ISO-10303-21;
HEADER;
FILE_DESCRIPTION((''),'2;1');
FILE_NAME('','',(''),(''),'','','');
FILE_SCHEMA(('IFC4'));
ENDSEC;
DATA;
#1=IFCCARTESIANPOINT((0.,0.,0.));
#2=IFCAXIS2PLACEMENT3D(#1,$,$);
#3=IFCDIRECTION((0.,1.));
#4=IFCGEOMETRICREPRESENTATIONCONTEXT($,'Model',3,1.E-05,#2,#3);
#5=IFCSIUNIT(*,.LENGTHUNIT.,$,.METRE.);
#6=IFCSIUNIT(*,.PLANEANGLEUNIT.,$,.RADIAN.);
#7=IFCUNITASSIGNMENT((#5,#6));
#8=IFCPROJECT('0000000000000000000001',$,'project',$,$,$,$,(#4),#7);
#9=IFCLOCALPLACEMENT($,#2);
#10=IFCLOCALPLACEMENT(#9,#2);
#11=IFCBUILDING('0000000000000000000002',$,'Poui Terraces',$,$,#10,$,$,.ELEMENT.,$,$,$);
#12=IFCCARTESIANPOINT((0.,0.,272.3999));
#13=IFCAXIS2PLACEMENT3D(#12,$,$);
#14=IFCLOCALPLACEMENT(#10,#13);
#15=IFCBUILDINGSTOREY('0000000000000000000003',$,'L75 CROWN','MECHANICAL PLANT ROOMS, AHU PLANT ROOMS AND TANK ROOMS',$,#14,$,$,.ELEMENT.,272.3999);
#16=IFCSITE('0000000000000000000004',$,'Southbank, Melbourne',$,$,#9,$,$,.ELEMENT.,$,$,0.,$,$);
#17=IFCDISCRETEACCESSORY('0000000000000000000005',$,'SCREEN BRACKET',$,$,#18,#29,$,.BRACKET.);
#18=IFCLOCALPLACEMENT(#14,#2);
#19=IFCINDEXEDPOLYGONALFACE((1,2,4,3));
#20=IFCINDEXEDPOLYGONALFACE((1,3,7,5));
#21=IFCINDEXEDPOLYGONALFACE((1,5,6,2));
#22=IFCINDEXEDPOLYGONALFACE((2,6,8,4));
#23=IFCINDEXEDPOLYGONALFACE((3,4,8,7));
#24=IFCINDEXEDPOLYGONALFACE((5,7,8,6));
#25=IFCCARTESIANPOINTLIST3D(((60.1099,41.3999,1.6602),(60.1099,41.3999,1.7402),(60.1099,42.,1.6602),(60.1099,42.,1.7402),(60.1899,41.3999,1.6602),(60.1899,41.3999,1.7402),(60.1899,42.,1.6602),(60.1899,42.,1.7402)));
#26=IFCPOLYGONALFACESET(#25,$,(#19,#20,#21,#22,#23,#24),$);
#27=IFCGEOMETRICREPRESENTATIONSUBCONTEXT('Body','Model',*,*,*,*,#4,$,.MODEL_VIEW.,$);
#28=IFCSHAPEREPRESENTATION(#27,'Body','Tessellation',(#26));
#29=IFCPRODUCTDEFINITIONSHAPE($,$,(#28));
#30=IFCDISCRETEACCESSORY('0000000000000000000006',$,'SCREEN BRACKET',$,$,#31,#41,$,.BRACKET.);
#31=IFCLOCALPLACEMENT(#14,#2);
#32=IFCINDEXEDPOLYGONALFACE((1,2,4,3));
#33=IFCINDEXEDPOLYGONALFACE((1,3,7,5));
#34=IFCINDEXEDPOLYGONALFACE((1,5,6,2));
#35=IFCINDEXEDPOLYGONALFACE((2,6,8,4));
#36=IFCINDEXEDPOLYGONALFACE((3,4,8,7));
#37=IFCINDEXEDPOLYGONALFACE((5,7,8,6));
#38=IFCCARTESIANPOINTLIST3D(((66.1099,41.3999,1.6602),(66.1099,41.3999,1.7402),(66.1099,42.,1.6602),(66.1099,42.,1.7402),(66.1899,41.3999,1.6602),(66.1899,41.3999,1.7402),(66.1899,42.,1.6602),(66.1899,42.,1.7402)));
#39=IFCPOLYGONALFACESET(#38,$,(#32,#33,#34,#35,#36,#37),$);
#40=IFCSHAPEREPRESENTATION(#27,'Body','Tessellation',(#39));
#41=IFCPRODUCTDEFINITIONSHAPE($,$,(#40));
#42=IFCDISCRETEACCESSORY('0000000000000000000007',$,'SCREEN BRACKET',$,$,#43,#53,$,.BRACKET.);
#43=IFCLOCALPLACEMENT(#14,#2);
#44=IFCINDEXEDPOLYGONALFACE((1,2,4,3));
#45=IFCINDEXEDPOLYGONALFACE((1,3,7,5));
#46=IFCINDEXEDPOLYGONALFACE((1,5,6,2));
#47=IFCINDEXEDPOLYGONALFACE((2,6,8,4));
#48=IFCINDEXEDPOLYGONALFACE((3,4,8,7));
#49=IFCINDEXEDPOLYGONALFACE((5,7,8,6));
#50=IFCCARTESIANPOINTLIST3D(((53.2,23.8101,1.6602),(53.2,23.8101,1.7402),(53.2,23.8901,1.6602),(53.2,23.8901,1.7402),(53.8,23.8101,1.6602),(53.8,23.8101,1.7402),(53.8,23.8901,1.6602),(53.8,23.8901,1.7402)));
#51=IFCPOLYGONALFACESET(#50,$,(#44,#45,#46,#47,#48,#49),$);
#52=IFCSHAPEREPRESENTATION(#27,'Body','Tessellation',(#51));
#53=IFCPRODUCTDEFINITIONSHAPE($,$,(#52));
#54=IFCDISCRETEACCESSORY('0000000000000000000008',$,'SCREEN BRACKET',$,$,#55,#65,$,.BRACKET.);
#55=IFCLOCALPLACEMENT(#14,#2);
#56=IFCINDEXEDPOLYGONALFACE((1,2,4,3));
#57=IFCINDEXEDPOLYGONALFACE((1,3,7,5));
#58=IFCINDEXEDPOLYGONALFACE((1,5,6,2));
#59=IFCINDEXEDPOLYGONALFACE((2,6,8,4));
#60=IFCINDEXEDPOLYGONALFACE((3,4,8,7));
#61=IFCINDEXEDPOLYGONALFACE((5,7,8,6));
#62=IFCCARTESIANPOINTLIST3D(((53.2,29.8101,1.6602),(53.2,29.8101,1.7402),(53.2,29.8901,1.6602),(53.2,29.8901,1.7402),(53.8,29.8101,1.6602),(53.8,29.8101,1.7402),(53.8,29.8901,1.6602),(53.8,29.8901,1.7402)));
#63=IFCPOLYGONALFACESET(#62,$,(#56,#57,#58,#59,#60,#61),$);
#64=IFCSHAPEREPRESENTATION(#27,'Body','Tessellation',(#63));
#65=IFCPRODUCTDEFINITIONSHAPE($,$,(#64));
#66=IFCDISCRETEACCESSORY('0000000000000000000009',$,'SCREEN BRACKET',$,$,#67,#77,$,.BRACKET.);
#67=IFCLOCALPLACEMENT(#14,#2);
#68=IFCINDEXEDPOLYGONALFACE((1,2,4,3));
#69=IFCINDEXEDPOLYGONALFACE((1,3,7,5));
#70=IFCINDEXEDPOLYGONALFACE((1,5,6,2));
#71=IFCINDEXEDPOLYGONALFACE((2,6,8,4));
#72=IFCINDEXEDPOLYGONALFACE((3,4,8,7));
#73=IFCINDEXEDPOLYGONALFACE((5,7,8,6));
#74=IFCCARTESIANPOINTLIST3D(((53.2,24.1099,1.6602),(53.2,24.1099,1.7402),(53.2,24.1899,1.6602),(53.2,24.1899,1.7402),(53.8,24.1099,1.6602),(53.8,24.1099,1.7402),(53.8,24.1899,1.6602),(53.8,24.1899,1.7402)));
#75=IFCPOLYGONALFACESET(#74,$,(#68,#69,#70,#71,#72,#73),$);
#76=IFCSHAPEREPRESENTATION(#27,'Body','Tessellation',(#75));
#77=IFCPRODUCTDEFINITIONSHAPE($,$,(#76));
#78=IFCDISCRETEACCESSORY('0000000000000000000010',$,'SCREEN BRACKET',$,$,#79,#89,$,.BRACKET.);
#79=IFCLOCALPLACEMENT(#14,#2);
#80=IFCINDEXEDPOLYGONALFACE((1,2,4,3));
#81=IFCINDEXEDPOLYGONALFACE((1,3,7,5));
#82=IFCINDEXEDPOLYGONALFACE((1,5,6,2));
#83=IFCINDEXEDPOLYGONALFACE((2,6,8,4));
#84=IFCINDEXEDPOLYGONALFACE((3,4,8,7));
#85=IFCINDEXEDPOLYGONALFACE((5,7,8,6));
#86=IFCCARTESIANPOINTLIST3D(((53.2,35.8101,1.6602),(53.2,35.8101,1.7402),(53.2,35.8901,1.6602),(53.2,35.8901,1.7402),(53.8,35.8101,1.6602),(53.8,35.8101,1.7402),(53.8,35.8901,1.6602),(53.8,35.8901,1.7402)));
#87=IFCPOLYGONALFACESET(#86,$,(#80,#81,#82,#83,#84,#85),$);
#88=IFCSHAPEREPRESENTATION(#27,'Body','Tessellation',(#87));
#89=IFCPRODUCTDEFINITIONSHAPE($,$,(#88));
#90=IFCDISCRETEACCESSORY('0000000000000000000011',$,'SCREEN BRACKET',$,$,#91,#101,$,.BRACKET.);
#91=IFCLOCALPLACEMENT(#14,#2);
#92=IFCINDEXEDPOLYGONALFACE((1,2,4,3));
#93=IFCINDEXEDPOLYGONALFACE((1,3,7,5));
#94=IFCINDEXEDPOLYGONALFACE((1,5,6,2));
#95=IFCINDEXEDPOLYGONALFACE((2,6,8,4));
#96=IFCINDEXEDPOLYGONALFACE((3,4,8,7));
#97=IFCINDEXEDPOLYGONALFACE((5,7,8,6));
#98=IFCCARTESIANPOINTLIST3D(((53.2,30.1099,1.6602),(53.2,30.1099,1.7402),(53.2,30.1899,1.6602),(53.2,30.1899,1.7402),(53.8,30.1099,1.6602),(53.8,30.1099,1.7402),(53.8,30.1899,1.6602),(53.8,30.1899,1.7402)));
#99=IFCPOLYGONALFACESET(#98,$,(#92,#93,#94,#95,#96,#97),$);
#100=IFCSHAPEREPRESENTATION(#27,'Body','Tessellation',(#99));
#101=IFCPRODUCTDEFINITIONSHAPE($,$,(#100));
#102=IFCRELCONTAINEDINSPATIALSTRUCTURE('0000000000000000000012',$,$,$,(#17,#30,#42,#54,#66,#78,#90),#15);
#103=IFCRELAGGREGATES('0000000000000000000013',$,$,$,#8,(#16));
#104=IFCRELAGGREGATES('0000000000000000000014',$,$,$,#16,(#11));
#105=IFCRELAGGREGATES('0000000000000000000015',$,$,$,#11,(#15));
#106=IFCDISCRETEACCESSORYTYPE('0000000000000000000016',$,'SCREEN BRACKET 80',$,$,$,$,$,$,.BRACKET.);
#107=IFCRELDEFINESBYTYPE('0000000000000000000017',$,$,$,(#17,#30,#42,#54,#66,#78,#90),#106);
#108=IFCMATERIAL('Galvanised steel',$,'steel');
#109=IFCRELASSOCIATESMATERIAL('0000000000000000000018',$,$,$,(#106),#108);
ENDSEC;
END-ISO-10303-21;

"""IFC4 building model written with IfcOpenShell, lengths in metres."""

from ifc_helpers import new_model, si_unit, direction, frame, origin, origin_2d, place, context, subcontext, project, spatial, rectangle, extrude, source, transform, mapped, material, material_profile, profile_set, type_object, element, save


model = new_model("IFC4")

# Units and contexts
model_context = context("Model", 3, precision=1e-05, world=origin(), true_north=direction((0.0, 1.0)))
body_context = subcontext(model_context, "Body", "Model", "MODEL_VIEW")
ifc_project = project(units=[si_unit("LENGTHUNIT", "METRE"), si_unit("PLANEANGLEUNIT", "RADIAN")], contexts=[model_context])

# Site, building, storey
site_placement = place(None, origin())
site = spatial("IfcSite", under=ifc_project, at=site_placement, Name="Southbank, Melbourne", CompositionType="ELEMENT", RefElevation=0.0)
building_placement = place(site_placement, origin())
building = spatial("IfcBuilding", under=site, at=building_placement, Name="Poui Terraces", CompositionType="ELEMENT")
storey_placement = place(building_placement, frame((0.0, 0.0, 272.3999)))
storey = spatial("IfcBuildingStorey", under=building, at=storey_placement, Name="L75 CROWN", Description="MECHANICAL PLANT ROOMS, AHU PLANT ROOMS AND TANK ROOMS", CompositionType="ELEMENT", Elevation=272.3999)

# Discrete accessories
ifc_material_1 = material(Name="Galvanised steel", Category="steel")
ifc_material_profile_1 = material_profile(ifc_material_1, rectangle(XDim=0.0801, YDim=0.0801, at=origin_2d()), Name="SCREEN BRACKET 80")
ifc_profile_set_1 = profile_set([ifc_material_profile_1], Name="Galvanised steel")
discrete_accessory_type = type_object("IfcDiscreteAccessoryType", Name="SCREEN BRACKET 80", PredefinedType="BRACKET", material=ifc_profile_set_1)
shared_shape_1 = source(origin(), body_context, "Body", "SweptSolid", [
    extrude(rectangle(XDim=0.0801, YDim=0.0801, at=origin_2d()), origin(), (0.0, 0.0, 1.0), 0.6001),
])
for number, where, z_axis, x_axis, name in (
    (1, (60.1499, 41.3999, 1.7002), (0.0, 1.0, 0.0), (-1.0, 0.0, 0.0), "SCREEN BRACKET"),
    (2, (66.1499, 41.3999, 1.7002), (0.0, 1.0, 0.0), (-1.0, 0.0, 0.0), "SCREEN BRACKET"),
    (3, (53.8, 23.8501, 1.7002), (-1.0, 0.0, 0.0), (0.0, -1.0, 0.0), "SCREEN BRACKET"),
    (4, (53.8, 29.8501, 1.7002), (-1.0, 0.0, 0.0), (0.0, -1.0, 0.0), "SCREEN BRACKET"),
    (5, (53.8, 24.1499, 1.7002), (-1.0, 0.0, 0.0), (0.0, -1.0, 0.0), "SCREEN BRACKET"),
    (6, (53.8, 35.8501, 1.7002), (-1.0, 0.0, 0.0), (0.0, -1.0, 0.0), "SCREEN BRACKET"),
    (7, (53.8, 30.1499, 1.7002), (-1.0, 0.0, 0.0), (0.0, -1.0, 0.0), "SCREEN BRACKET"),
):
    element("IfcDiscreteAccessory", number, at=place(storey_placement, frame(where, z_axis=z_axis, x_axis=x_axis)), inside=storey, type_object=discrete_accessory_type, Name=name, PredefinedType="BRACKET", context=body_context, shape_type="MappedRepresentation", body=[
        mapped(shared_shape_1, transform((0.0, 0.0, 0.0))),
    ])

save(model, "model.ifc")
